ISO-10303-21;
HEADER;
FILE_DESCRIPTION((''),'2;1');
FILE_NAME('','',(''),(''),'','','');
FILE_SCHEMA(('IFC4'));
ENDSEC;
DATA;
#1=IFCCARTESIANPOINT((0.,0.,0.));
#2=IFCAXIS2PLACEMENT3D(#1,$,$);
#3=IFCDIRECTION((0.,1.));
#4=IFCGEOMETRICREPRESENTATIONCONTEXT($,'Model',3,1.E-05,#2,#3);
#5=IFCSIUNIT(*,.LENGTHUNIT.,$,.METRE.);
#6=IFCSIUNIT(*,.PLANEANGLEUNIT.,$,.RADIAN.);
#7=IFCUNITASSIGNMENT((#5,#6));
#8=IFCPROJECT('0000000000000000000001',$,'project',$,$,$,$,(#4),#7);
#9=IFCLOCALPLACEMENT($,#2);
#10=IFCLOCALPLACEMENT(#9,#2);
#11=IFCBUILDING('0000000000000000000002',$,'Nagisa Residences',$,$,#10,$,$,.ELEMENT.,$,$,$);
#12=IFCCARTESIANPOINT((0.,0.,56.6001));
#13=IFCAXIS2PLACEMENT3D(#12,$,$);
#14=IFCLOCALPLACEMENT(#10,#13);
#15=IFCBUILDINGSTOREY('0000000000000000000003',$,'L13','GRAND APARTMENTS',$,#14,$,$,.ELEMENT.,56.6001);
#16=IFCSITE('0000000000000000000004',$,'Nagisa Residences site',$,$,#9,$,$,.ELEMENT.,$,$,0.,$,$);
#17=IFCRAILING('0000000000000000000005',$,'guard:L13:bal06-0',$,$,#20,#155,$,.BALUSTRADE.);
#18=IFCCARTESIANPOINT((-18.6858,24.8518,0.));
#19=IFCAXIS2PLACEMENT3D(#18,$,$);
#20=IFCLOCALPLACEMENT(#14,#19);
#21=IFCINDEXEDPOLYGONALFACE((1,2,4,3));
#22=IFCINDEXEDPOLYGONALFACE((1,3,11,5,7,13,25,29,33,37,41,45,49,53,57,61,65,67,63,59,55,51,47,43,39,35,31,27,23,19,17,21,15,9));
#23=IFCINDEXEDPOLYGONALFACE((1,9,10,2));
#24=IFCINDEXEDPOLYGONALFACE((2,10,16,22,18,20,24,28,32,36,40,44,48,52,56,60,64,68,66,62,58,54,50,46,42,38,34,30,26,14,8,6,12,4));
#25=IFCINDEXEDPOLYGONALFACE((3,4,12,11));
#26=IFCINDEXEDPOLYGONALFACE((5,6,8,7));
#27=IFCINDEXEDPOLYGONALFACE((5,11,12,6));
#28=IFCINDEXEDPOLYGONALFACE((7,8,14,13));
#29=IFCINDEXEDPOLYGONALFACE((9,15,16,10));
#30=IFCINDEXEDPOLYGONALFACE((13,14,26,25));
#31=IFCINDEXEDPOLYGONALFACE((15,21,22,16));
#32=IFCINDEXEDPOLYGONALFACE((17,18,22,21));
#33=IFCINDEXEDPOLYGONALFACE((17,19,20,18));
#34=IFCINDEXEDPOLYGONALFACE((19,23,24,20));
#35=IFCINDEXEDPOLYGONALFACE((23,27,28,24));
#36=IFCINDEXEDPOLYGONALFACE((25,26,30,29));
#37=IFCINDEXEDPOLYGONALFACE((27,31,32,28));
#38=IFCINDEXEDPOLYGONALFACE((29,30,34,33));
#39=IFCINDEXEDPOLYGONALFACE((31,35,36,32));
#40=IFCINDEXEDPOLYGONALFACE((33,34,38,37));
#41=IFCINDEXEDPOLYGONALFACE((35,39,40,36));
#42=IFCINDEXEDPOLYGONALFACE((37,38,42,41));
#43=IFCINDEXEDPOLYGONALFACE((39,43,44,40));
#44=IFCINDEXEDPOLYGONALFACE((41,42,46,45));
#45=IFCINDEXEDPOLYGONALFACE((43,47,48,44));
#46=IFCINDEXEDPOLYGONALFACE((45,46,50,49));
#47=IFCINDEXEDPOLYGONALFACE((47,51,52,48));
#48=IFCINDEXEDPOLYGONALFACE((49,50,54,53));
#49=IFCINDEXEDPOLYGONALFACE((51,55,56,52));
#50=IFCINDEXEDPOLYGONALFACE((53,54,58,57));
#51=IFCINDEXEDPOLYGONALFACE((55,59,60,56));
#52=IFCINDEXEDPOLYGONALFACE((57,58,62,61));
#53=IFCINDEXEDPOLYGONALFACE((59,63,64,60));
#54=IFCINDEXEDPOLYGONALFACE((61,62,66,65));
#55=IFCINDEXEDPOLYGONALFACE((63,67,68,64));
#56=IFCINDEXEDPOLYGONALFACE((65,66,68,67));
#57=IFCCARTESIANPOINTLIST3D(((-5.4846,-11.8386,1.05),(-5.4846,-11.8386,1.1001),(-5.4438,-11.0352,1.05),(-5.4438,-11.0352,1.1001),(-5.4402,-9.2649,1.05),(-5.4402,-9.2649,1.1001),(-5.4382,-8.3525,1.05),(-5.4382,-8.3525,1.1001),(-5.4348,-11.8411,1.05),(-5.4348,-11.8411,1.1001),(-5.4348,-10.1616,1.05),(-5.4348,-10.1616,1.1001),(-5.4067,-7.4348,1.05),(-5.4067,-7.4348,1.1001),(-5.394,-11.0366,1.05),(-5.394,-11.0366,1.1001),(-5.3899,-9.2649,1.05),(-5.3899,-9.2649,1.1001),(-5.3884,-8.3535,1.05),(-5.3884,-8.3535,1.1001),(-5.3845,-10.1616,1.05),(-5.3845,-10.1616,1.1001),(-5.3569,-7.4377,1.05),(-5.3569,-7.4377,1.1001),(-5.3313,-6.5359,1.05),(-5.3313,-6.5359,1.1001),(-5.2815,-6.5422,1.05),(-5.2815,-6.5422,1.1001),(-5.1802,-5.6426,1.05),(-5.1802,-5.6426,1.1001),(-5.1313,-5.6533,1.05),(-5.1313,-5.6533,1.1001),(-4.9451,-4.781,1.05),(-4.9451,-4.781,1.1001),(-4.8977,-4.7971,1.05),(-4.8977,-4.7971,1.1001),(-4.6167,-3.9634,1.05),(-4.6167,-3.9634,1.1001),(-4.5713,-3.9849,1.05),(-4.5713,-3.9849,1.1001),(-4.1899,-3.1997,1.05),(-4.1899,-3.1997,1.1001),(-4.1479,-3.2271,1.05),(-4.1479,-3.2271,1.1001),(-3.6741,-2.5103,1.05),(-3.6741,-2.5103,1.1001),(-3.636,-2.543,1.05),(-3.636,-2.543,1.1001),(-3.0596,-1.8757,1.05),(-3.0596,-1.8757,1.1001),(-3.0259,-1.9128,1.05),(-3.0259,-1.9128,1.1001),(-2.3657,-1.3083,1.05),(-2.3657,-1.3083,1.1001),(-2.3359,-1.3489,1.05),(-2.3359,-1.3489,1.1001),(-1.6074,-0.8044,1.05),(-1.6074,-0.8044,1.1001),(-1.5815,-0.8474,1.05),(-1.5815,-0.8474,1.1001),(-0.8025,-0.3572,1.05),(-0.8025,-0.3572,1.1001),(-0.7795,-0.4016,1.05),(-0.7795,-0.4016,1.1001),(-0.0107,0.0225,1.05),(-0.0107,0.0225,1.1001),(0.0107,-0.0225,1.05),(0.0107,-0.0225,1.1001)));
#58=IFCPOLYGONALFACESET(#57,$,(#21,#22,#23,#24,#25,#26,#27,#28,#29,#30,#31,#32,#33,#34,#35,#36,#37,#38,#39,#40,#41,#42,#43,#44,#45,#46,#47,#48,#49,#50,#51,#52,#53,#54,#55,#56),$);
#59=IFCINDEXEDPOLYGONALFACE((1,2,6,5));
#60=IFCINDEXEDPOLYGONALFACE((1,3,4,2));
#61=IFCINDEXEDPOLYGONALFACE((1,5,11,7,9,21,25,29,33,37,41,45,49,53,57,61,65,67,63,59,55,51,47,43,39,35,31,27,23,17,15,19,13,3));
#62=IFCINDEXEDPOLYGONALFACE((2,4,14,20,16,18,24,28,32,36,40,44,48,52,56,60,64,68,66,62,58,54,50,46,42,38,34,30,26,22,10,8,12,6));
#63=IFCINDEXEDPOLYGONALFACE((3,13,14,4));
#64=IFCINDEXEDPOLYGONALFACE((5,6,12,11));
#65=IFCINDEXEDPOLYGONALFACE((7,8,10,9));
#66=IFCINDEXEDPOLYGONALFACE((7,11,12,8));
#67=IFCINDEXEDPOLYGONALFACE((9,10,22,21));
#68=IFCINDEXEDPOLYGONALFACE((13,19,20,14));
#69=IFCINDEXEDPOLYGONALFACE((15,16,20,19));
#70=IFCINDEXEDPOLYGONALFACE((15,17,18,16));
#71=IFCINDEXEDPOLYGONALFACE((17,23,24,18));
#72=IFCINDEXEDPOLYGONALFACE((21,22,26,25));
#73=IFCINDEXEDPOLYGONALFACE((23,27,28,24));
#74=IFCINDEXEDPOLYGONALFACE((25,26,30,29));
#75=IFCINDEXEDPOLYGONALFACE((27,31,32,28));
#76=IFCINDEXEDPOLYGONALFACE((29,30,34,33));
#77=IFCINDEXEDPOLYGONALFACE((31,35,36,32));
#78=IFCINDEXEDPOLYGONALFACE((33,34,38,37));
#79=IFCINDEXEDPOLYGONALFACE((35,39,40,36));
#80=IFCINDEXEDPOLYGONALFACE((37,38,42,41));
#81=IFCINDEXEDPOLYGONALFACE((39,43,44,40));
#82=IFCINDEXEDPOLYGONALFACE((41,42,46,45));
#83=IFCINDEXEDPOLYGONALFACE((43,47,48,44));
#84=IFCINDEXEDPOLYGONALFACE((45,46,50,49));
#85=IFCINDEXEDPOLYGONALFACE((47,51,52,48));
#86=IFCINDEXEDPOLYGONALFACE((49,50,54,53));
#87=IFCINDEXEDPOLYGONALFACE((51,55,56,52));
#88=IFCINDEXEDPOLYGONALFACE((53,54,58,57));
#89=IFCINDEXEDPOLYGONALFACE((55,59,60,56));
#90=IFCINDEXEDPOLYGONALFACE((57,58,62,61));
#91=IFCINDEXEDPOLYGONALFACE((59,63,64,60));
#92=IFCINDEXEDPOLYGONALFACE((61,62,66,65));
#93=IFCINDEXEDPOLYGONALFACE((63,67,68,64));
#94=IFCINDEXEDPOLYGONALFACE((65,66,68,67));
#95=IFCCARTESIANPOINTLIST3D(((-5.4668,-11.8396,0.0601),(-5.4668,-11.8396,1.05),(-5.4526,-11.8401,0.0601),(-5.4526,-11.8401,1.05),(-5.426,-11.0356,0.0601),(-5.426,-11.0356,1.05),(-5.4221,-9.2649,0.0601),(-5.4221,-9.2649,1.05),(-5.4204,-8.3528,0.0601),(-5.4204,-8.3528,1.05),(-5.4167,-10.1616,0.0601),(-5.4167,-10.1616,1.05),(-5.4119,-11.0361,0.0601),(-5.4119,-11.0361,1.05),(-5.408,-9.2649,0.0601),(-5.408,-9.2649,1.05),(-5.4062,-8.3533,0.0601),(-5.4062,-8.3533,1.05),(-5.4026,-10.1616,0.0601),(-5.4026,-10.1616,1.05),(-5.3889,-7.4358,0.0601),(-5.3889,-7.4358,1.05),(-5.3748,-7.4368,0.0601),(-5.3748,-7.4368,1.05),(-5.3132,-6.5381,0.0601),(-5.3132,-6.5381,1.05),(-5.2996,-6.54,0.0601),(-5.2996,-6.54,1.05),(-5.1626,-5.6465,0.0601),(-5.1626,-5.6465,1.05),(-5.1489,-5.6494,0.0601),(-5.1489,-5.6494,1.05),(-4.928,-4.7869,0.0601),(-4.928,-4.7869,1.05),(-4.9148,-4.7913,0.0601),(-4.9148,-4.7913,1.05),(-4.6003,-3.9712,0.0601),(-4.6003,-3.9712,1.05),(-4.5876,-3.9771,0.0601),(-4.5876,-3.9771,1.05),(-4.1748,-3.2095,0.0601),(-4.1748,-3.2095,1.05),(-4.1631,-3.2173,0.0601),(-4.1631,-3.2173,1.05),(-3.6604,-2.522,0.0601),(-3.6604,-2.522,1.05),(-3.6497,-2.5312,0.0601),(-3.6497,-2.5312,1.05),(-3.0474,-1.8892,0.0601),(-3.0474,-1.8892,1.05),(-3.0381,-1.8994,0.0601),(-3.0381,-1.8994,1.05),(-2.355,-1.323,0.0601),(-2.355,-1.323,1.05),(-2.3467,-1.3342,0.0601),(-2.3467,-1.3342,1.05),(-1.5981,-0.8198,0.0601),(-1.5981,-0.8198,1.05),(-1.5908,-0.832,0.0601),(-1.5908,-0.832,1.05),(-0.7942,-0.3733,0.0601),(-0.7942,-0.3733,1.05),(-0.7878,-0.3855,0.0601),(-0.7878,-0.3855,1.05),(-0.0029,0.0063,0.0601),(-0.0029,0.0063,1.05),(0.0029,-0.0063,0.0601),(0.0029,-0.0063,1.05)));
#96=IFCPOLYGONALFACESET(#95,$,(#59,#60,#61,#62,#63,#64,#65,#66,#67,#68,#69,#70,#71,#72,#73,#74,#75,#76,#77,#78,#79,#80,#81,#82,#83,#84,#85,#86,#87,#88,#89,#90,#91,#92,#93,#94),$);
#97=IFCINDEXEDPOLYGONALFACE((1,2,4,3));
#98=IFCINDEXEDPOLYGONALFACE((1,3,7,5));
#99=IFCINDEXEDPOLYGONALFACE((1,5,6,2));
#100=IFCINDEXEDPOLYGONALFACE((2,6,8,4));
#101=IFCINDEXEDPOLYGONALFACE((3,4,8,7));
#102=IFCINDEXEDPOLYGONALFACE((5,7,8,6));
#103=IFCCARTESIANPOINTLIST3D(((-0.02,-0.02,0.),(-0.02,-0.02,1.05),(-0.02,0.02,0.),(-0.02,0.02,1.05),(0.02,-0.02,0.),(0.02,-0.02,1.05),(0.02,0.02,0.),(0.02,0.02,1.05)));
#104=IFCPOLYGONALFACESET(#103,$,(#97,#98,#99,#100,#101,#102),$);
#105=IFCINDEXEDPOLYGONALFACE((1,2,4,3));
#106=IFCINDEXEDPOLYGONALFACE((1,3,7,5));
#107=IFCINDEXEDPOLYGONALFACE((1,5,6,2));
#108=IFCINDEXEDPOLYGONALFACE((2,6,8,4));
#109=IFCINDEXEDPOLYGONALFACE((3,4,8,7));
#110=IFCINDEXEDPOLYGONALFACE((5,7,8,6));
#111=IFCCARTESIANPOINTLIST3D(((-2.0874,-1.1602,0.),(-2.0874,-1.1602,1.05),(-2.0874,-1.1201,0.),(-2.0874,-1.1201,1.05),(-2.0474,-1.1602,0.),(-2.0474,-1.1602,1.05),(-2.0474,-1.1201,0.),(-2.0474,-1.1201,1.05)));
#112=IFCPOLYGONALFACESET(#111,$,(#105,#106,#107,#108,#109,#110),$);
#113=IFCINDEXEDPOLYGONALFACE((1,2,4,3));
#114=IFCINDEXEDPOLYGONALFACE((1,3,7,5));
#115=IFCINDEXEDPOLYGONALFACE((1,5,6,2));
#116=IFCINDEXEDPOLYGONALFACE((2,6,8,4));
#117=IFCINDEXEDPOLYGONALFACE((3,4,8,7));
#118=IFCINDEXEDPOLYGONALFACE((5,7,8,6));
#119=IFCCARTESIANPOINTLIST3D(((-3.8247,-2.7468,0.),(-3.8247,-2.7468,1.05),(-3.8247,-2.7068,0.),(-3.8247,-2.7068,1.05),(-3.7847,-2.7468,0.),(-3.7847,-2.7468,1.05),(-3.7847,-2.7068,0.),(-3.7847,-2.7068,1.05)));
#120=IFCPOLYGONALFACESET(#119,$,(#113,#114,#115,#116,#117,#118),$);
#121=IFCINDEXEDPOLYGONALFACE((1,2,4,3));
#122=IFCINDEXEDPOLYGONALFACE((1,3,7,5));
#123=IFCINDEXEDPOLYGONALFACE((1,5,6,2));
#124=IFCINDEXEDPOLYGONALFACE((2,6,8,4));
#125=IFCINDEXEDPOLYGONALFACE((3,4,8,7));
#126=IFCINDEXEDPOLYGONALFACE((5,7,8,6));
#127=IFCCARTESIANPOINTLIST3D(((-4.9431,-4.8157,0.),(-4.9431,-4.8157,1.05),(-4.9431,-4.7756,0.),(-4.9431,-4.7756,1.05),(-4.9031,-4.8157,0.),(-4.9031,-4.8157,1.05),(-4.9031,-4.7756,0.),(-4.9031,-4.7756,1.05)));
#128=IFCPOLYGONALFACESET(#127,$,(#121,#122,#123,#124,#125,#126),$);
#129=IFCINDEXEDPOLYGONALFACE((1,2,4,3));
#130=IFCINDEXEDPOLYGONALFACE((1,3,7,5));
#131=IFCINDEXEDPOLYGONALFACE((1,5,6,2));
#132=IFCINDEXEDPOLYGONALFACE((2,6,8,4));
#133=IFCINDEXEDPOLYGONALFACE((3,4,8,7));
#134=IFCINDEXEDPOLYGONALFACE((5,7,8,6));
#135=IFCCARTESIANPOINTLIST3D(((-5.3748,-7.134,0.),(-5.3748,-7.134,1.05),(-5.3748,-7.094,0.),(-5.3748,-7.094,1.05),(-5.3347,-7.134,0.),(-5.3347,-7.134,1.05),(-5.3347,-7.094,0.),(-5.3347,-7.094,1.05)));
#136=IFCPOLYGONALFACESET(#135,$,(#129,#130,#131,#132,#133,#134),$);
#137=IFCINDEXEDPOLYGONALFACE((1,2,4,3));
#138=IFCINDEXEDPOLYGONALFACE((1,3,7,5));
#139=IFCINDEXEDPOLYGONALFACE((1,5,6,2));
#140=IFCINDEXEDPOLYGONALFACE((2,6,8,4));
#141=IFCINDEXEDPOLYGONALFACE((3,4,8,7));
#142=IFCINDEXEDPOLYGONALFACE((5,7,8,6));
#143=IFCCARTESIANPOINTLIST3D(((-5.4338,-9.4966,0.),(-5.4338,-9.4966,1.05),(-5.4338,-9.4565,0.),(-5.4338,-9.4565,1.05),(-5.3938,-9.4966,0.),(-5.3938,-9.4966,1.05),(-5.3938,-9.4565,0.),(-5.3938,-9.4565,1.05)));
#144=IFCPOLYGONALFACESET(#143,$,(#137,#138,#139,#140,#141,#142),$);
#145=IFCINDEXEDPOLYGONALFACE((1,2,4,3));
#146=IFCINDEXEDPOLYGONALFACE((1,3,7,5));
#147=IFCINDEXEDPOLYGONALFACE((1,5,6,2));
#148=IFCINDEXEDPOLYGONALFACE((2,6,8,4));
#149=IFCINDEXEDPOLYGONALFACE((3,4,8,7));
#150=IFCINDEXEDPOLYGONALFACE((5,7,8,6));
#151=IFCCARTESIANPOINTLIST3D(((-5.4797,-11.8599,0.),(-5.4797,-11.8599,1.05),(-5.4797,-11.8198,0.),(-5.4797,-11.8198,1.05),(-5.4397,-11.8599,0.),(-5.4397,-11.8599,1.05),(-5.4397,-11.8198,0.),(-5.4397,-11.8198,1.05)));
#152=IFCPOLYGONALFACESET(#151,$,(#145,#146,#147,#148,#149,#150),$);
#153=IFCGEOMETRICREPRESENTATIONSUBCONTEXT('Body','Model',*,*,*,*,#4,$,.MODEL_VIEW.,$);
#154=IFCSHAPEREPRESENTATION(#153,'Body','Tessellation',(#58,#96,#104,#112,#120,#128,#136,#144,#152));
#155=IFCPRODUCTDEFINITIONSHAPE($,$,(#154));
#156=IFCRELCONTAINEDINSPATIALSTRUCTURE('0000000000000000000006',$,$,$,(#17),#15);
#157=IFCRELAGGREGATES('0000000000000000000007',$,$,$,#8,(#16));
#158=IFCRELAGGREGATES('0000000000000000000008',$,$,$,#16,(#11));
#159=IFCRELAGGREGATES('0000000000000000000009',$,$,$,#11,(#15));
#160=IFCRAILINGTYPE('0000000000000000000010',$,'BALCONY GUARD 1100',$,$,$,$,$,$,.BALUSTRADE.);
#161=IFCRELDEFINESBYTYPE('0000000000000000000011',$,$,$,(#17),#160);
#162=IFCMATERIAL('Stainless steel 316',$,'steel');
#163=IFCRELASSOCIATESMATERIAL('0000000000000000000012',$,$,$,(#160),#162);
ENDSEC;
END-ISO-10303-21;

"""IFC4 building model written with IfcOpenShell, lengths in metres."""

from ifc_helpers import new_model, si_unit, direction, frame, origin, origin_2d, place, context, subcontext, project, spatial, polyline, rectangle, outline, extrude, material, type_object, element, save


model = new_model("IFC4")

# Units and contexts
model_context = context("Model", 3, precision=1e-05, world=origin(), true_north=direction((0.0, 1.0)))
body_context = subcontext(model_context, "Body", "Model", "MODEL_VIEW")
ifc_project = project(units=[si_unit("LENGTHUNIT", "METRE"), si_unit("PLANEANGLEUNIT", "RADIAN")], contexts=[model_context])

# Site, building, storey
site_placement = place(None, origin())
site = spatial("IfcSite", under=ifc_project, at=site_placement, Name="Nagisa Residences site", CompositionType="ELEMENT", RefElevation=0.0)
building_placement = place(site_placement, origin())
building = spatial("IfcBuilding", under=site, at=building_placement, Name="Nagisa Residences", CompositionType="ELEMENT")
storey_placement = place(building_placement, frame((0.0, 0.0, 56.6001)))
storey = spatial("IfcBuildingStorey", under=building, at=storey_placement, Name="L13", Description="GRAND APARTMENTS", CompositionType="ELEMENT", Elevation=56.6001)

# Railing
ifc_material_1 = material(Name="Stainless steel 316", Category="steel")
railing_type = type_object("IfcRailingType", Name="BALCONY GUARD 1100", PredefinedType="BALUSTRADE", material=ifc_material_1)
railing_1_placement = place(storey_placement, frame((-18.6858, 24.8518, 0.0)))
element("IfcRailing", 1, at=railing_1_placement, inside=storey, type_object=railing_type, Name="guard:L13:bal06-0", PredefinedType="BALUSTRADE", context=body_context, shape_type="SweptSolid", body=[
    extrude(outline(polyline([(-0.7795, -0.4016), (0.0107, -0.0225), (-0.0107, 0.0225), (-0.8025, -0.3572), (-1.6074, -0.8044), (-2.3657, -1.3083), (-3.0596, -1.8757), (-3.6741, -2.5103), (-4.1899, -3.1997), (-4.6167, -3.9634), (-4.9451, -4.781), (-5.1802, -5.6426), (-5.3313, -6.5359), (-5.4067, -7.4348), (-5.4382, -8.3525), (-5.4402, -9.2649), (-5.4348, -10.1616), (-5.4438, -11.0352), (-5.4846, -11.8386), (-5.4348, -11.8411), (-5.394, -11.0366), (-5.3845, -10.1616), (-5.3899, -9.2649), (-5.3884, -8.3535), (-5.3569, -7.4377), (-5.2815, -6.5422), (-5.1313, -5.6533), (-4.8977, -4.7971), (-4.5713, -3.9849), (-4.1479, -3.2271), (-3.636, -2.543), (-3.0259, -1.9128), (-2.3359, -1.3489), (-1.5815, -0.8474), (-0.7795, -0.4016)])), frame((0.0, 0.0, 1.05)), (0.0, 0.0, 1.0), 0.05),
    extrude(outline(polyline([(-0.7878, -0.3855), (0.0029, -0.0063), (-0.0029, 0.0063), (-0.7942, -0.3733), (-1.5981, -0.8198), (-2.355, -1.323), (-3.0474, -1.8892), (-3.6604, -2.522), (-4.1748, -3.2095), (-4.6003, -3.9712), (-4.928, -4.7869), (-5.1626, -5.6465), (-5.3132, -6.5381), (-5.3889, -7.4358), (-5.4204, -8.3528), (-5.4221, -9.2649), (-5.4167, -10.1616), (-5.426, -11.0356), (-5.4668, -11.8396), (-5.4526, -11.8401), (-5.4119, -11.0361), (-5.4026, -10.1616), (-5.408, -9.2649), (-5.4062, -8.3533), (-5.3748, -7.4368), (-5.2996, -6.54), (-5.1489, -5.6494), (-4.9148, -4.7913), (-4.5876, -3.9771), (-4.1631, -3.2173), (-3.6497, -2.5312), (-3.0381, -1.8994), (-2.3467, -1.3342), (-1.5908, -0.832), (-0.7878, -0.3855)])), frame((0.0, 0.0, 0.0601)), (0.0, 0.0, 1.0), 0.99),
    extrude(rectangle(XDim=0.04, YDim=0.04, at=origin_2d()), origin(), (0.0, 0.0, 1.0), 1.05),
    extrude(rectangle(XDim=0.04, YDim=0.04, at=origin_2d()), frame((-2.0674, -1.1401, 0.0)), (0.0, 0.0, 1.0), 1.05),
    extrude(rectangle(XDim=0.04, YDim=0.04, at=origin_2d()), frame((-3.8047, -2.7268, 0.0)), (0.0, 0.0, 1.0), 1.05),
    extrude(rectangle(XDim=0.04, YDim=0.04, at=origin_2d()), frame((-4.9231, -4.7957, 0.0)), (0.0, 0.0, 1.0), 1.05),
    extrude(rectangle(XDim=0.04, YDim=0.04, at=origin_2d()), frame((-5.3547, -7.114, 0.0)), (0.0, 0.0, 1.0), 1.05),
    extrude(rectangle(XDim=0.04, YDim=0.04, at=origin_2d()), frame((-5.4138, -9.4766, 0.0)), (0.0, 0.0, 1.0), 1.05),
    extrude(rectangle(XDim=0.04, YDim=0.04, at=origin_2d()), frame((-5.4597, -11.8398, 0.0)), (0.0, 0.0, 1.0), 1.05),
])

save(model, "model.ifc")
